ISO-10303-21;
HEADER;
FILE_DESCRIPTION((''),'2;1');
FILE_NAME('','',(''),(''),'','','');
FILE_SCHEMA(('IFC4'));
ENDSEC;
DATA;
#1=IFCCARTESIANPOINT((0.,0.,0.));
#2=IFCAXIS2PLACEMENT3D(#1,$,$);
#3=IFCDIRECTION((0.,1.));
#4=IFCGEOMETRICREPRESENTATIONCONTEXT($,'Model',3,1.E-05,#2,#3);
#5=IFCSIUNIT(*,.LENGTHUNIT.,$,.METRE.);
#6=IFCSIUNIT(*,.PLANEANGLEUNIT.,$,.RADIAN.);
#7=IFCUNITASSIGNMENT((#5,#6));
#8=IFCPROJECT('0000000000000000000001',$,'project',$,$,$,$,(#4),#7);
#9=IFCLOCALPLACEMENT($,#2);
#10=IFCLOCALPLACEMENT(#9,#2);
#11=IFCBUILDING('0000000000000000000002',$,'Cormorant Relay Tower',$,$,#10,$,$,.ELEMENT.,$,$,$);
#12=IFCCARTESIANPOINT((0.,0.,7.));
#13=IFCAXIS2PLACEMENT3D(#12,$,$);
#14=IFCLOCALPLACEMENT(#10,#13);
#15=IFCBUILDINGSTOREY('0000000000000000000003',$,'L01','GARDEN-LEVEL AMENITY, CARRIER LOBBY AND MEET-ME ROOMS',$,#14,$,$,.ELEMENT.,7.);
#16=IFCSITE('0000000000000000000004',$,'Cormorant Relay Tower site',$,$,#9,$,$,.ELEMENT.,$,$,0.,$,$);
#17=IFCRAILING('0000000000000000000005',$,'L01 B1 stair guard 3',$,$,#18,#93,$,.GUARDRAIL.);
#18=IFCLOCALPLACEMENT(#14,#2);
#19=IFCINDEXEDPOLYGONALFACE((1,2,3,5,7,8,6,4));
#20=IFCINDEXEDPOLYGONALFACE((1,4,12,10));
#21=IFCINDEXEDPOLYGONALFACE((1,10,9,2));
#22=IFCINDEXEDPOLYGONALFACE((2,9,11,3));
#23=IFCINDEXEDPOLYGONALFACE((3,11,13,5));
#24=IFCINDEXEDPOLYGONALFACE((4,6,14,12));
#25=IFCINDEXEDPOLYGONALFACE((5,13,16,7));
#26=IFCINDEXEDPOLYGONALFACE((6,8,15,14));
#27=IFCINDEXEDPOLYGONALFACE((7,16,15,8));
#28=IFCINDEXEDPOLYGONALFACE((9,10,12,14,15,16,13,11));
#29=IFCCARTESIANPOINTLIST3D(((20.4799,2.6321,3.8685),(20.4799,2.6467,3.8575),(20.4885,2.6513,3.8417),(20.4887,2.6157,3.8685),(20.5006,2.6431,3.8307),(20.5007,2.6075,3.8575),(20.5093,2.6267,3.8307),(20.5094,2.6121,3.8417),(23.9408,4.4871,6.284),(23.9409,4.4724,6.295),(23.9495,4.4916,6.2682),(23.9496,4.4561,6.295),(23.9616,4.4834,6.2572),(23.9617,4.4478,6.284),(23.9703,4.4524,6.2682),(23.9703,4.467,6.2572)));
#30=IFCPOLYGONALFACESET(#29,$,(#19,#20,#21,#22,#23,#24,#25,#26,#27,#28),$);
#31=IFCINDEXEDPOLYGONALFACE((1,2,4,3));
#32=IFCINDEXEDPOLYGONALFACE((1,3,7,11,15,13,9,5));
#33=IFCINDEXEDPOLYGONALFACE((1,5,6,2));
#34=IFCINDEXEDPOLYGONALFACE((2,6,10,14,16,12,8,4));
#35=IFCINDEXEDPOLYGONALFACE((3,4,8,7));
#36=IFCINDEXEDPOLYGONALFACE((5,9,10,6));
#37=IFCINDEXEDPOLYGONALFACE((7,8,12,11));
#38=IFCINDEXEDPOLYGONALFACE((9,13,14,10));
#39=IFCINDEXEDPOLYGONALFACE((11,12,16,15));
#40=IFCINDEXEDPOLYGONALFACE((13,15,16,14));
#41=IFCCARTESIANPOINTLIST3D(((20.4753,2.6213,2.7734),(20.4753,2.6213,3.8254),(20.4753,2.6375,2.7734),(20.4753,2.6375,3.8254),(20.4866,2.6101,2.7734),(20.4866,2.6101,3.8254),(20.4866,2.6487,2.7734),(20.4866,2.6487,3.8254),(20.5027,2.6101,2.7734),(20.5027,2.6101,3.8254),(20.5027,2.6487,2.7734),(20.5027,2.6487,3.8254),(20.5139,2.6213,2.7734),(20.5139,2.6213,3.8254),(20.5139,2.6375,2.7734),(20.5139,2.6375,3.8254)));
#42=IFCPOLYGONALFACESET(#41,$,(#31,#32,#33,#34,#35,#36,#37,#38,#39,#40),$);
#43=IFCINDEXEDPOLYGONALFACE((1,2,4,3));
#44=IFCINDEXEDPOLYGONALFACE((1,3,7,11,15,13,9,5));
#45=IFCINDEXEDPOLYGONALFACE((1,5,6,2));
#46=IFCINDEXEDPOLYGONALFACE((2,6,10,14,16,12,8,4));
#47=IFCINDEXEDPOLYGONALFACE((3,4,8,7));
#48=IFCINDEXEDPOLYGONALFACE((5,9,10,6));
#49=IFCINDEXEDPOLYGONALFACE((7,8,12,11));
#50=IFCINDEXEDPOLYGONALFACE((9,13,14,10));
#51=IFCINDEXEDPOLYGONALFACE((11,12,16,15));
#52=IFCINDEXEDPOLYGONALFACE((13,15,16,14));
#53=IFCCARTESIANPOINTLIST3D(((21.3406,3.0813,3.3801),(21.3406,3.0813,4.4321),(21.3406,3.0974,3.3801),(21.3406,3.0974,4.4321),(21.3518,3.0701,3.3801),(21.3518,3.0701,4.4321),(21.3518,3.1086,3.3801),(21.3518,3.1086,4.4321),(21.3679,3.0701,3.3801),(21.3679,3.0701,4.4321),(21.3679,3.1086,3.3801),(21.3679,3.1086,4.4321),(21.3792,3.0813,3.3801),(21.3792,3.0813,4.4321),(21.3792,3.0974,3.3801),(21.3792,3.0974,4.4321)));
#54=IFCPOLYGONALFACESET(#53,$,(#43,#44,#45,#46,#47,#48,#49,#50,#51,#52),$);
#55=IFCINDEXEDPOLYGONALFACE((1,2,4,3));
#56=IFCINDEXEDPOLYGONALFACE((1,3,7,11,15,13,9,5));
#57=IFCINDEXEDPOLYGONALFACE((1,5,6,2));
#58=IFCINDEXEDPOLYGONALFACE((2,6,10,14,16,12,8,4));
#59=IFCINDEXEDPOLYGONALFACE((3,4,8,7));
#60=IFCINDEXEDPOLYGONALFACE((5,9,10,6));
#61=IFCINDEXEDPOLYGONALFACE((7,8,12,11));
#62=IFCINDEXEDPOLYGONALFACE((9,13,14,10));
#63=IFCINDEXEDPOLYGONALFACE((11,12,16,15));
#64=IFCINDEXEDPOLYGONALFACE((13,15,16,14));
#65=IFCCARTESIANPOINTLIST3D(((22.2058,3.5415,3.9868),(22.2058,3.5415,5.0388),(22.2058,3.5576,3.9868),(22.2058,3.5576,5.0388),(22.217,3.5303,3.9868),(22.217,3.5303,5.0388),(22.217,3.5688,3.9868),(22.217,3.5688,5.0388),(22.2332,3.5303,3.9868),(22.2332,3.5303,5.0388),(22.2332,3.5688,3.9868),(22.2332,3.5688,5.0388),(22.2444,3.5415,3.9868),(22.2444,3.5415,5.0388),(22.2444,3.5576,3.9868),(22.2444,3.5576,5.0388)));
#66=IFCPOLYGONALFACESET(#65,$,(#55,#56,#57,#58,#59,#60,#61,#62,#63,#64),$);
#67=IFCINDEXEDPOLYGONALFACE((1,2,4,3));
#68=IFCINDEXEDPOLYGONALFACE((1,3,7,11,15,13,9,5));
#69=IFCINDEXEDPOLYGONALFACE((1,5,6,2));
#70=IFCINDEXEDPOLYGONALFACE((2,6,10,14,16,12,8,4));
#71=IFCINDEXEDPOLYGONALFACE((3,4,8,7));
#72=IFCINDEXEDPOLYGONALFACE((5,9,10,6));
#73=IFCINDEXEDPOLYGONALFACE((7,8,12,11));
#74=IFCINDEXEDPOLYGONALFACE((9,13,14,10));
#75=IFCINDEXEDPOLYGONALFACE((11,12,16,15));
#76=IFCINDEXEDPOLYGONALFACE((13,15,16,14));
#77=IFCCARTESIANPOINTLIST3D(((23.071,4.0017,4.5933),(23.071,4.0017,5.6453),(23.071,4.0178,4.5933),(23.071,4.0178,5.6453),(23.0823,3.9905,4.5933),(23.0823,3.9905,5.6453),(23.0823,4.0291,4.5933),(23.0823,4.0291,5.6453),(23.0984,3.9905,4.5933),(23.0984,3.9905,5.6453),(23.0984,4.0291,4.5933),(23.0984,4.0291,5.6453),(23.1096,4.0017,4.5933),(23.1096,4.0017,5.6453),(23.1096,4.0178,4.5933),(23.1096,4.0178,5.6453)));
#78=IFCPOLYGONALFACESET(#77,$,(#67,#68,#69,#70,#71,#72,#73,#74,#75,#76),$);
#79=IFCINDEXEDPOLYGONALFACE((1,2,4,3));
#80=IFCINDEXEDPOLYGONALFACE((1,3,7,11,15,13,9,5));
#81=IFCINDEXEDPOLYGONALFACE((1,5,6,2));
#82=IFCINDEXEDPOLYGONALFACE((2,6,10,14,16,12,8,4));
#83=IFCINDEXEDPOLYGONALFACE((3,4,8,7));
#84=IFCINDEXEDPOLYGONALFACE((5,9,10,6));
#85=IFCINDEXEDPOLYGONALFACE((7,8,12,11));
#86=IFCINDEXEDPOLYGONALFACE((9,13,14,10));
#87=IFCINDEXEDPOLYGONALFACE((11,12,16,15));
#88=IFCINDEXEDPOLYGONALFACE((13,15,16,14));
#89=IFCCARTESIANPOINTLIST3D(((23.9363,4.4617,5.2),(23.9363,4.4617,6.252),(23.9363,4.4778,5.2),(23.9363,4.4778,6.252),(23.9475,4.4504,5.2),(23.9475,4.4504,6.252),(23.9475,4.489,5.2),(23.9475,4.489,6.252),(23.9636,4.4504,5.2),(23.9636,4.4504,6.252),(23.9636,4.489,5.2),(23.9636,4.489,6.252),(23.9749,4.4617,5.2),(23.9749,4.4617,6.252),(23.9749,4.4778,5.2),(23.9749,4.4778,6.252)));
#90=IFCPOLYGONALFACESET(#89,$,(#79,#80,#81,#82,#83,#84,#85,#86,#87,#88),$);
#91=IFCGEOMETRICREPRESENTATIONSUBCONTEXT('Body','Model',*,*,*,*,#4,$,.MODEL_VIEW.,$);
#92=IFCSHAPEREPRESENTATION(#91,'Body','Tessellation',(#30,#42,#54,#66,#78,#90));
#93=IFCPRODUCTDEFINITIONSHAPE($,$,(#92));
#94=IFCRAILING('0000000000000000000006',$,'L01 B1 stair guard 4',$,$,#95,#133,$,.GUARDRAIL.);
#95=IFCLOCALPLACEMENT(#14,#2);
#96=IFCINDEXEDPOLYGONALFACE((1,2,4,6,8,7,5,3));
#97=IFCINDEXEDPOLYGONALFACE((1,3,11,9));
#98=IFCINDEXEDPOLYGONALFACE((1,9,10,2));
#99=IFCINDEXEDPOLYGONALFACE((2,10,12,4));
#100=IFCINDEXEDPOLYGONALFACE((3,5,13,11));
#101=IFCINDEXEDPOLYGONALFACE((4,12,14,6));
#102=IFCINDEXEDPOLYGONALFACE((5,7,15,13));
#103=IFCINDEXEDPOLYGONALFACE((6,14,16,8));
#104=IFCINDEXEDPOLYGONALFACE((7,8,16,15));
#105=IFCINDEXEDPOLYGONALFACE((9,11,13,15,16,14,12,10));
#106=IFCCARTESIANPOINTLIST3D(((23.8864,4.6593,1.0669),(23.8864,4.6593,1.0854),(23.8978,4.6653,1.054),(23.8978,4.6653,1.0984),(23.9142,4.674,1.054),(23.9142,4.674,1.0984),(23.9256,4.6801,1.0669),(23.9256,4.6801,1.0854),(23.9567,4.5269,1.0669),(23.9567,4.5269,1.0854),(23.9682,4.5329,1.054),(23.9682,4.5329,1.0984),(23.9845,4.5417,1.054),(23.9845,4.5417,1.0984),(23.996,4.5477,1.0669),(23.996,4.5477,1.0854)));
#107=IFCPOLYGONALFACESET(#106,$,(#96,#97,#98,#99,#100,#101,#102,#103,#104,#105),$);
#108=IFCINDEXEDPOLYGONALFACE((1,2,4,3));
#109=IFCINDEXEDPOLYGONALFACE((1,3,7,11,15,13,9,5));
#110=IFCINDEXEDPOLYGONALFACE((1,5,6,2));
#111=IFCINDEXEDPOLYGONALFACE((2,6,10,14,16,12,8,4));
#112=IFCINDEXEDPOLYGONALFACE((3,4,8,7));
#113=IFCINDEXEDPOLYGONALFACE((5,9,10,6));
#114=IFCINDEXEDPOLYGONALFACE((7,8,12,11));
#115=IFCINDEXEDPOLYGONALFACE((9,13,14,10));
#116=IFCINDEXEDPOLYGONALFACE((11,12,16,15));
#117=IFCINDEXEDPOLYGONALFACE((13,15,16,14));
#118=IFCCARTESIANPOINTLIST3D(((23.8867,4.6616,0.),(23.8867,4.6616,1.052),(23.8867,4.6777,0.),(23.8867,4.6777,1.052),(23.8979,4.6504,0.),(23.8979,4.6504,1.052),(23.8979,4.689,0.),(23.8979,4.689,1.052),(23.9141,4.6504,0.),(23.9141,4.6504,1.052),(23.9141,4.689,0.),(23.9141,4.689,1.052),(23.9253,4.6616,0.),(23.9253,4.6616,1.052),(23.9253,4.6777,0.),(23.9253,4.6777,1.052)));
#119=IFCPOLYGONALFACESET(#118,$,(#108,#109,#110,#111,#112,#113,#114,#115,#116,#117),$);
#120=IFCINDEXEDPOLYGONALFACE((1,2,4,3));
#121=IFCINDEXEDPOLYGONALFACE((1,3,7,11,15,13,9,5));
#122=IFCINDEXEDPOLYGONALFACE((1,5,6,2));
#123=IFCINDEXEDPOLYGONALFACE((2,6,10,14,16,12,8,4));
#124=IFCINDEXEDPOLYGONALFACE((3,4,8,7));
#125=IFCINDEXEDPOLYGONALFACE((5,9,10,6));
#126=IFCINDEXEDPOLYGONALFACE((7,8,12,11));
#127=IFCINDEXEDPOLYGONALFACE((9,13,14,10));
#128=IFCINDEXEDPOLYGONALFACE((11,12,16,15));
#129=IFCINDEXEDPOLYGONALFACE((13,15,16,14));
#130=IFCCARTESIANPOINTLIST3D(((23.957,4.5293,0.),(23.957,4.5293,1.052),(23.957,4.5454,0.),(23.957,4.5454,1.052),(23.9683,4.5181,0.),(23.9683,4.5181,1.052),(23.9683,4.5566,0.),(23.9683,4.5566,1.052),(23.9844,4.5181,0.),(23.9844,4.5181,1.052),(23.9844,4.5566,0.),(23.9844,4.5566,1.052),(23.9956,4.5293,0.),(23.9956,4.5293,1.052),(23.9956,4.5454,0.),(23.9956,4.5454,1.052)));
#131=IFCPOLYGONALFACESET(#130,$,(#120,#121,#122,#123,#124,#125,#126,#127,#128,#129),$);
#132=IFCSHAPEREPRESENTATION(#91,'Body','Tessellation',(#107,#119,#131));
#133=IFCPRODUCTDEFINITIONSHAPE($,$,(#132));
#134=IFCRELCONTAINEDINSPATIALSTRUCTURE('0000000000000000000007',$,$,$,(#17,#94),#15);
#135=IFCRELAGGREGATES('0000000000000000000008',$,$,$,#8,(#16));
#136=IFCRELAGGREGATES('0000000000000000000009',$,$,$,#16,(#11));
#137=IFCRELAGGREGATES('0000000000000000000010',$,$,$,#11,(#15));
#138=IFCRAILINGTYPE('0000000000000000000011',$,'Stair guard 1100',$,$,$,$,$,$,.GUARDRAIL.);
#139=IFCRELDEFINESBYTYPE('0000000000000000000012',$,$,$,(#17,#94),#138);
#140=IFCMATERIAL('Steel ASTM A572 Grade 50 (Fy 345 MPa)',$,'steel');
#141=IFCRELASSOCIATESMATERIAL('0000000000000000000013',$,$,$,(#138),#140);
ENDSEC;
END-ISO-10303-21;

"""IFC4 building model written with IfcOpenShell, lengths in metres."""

from ifc_helpers import new_model, si_unit, direction, frame, origin, place, context, subcontext, project, spatial, polyline, outline, extrude, material, type_object, element, save


model = new_model("IFC4")

# Units and contexts
model_context = context("Model", 3, precision=1e-05, world=origin(), true_north=direction((0.0, 1.0)))
body_context = subcontext(model_context, "Body", "Model", "MODEL_VIEW")
ifc_project = project(units=[si_unit("LENGTHUNIT", "METRE"), si_unit("PLANEANGLEUNIT", "RADIAN")], contexts=[model_context])

# Site, building, storey
site_placement = place(None, origin())
site = spatial("IfcSite", under=ifc_project, at=site_placement, Name="Cormorant Relay Tower site", CompositionType="ELEMENT", RefElevation=0.0)
building_placement = place(site_placement, origin())
building = spatial("IfcBuilding", under=site, at=building_placement, Name="Cormorant Relay Tower", CompositionType="ELEMENT")
storey_placement = place(building_placement, frame((0.0, 0.0, 7.0)))
storey = spatial("IfcBuildingStorey", under=building, at=storey_placement, Name="L01", Description="GARDEN-LEVEL AMENITY, CARRIER LOBBY AND MEET-ME ROOMS", CompositionType="ELEMENT", Elevation=7.0)

# Railings
ifc_material_1 = material(Name="Steel ASTM A572 Grade 50 (Fy 345 MPa)", Category="steel")
railing_type_1 = type_object("IfcRailingType", Name="Stair guard 1100", PredefinedType="GUARDRAIL", material=ifc_material_1)
railing_1_placement = place(storey_placement, frame((20.4946, 2.6294, 2.7734)))
element("IfcRailing", 1, at=railing_1_placement, inside=storey, type_object=railing_type_1, Name="L01 B1 stair guard 3", PredefinedType="GUARDRAIL", context=body_context, shape_type="SweptSolid", body=[
    extrude(outline(polyline([(0.0222, 0.0093), (0.0093, 0.0222), (-0.0093, 0.0222), (-0.0222, 0.0093), (-0.0222, -0.0093), (-0.0093, -0.0222), (0.0093, -0.0222), (0.0222, -0.0093), (0.0222, 0.0093)])), frame((0.0, 0.0, 1.0762), z_axis=(0.750732, 0.399197, 0.526349), x_axis=(-0.469495, 0.882935, 0.0)), (0.0, 0.0, 1.0), 4.6101),
    extrude(outline(polyline([(0.0193, 0.0081), (0.0081, 0.0193), (-0.0081, 0.0193), (-0.0193, 0.0081), (-0.0193, -0.0081), (-0.0081, -0.0193), (0.0081, -0.0193), (0.0193, -0.0081), (0.0193, 0.0081)])), origin(), (0.0, 0.0, 1.0), 1.052),
    extrude(outline(polyline([(0.0193, 0.0081), (0.0081, 0.0193), (-0.0081, 0.0193), (-0.0193, 0.0081), (-0.0193, -0.0081), (-0.0081, -0.0193), (0.0081, -0.0193), (0.0193, -0.0081), (0.0193, 0.0081)])), frame((0.8652, 0.46, 0.6067)), (0.0, 0.0, 1.0), 1.052),
    extrude(outline(polyline([(0.0193, 0.0081), (0.0081, 0.0193), (-0.0081, 0.0193), (-0.0193, 0.0081), (-0.0193, -0.0081), (-0.0081, -0.0193), (0.0081, -0.0193), (0.0193, -0.0081), (0.0193, 0.0081)])), frame((1.7305, 0.9202, 1.2134)), (0.0, 0.0, 1.0), 1.052),
    extrude(outline(polyline([(0.0193, 0.0081), (0.0081, 0.0193), (-0.0081, 0.0193), (-0.0193, 0.0081), (-0.0193, -0.0081), (-0.0081, -0.0193), (0.0081, -0.0193), (0.0193, -0.0081), (0.0193, 0.0081)])), frame((2.5957, 1.3804, 1.8198)), (0.0, 0.0, 1.0), 1.052),
    extrude(outline(polyline([(0.0193, 0.0081), (0.0081, 0.0193), (-0.0081, 0.0193), (-0.0193, 0.0081), (-0.0193, -0.0081), (-0.0081, -0.0193), (0.0081, -0.0193), (0.0193, -0.0081), (0.0193, 0.0081)])), frame((3.4609, 1.8403, 2.4265)), (0.0, 0.0, 1.0), 1.052),
])
railing_2_placement = place(storey_placement, frame((23.906, 4.6697, 0.0)))
element("IfcRailing", 2, at=railing_2_placement, inside=storey, type_object=railing_type_1, Name="L01 B1 stair guard 4", PredefinedType="GUARDRAIL", context=body_context, shape_type="SweptSolid", body=[
    extrude(outline(polyline([(0.0222, 0.0093), (0.0093, 0.0222), (-0.0093, 0.0222), (-0.0222, 0.0093), (-0.0222, -0.0093), (-0.0093, -0.0222), (0.0093, -0.0222), (0.0222, -0.0093), (0.0222, 0.0093)])), frame((0.0, 0.0, 1.0762), z_axis=(0.469235, -0.883074, 0.0), x_axis=(0.883074, 0.469235, 0.0)), (0.0, 0.0, 1.0), 0.1499),
    extrude(outline(polyline([(0.0193, 0.0081), (0.0081, 0.0193), (-0.0081, 0.0193), (-0.0193, 0.0081), (-0.0193, -0.0081), (-0.0081, -0.0193), (0.0081, -0.0193), (0.0193, -0.0081), (0.0193, 0.0081)])), origin(), (0.0, 0.0, 1.0), 1.052),
    extrude(outline(polyline([(0.0193, 0.0081), (0.0081, 0.0193), (-0.0081, 0.0193), (-0.0193, 0.0081), (-0.0193, -0.0081), (-0.0081, -0.0193), (0.0081, -0.0193), (0.0193, -0.0081), (0.0193, 0.0081)])), frame((0.0703, -0.1323, 0.0)), (0.0, 0.0, 1.0), 1.052),
])

save(model, "model.ifc")
